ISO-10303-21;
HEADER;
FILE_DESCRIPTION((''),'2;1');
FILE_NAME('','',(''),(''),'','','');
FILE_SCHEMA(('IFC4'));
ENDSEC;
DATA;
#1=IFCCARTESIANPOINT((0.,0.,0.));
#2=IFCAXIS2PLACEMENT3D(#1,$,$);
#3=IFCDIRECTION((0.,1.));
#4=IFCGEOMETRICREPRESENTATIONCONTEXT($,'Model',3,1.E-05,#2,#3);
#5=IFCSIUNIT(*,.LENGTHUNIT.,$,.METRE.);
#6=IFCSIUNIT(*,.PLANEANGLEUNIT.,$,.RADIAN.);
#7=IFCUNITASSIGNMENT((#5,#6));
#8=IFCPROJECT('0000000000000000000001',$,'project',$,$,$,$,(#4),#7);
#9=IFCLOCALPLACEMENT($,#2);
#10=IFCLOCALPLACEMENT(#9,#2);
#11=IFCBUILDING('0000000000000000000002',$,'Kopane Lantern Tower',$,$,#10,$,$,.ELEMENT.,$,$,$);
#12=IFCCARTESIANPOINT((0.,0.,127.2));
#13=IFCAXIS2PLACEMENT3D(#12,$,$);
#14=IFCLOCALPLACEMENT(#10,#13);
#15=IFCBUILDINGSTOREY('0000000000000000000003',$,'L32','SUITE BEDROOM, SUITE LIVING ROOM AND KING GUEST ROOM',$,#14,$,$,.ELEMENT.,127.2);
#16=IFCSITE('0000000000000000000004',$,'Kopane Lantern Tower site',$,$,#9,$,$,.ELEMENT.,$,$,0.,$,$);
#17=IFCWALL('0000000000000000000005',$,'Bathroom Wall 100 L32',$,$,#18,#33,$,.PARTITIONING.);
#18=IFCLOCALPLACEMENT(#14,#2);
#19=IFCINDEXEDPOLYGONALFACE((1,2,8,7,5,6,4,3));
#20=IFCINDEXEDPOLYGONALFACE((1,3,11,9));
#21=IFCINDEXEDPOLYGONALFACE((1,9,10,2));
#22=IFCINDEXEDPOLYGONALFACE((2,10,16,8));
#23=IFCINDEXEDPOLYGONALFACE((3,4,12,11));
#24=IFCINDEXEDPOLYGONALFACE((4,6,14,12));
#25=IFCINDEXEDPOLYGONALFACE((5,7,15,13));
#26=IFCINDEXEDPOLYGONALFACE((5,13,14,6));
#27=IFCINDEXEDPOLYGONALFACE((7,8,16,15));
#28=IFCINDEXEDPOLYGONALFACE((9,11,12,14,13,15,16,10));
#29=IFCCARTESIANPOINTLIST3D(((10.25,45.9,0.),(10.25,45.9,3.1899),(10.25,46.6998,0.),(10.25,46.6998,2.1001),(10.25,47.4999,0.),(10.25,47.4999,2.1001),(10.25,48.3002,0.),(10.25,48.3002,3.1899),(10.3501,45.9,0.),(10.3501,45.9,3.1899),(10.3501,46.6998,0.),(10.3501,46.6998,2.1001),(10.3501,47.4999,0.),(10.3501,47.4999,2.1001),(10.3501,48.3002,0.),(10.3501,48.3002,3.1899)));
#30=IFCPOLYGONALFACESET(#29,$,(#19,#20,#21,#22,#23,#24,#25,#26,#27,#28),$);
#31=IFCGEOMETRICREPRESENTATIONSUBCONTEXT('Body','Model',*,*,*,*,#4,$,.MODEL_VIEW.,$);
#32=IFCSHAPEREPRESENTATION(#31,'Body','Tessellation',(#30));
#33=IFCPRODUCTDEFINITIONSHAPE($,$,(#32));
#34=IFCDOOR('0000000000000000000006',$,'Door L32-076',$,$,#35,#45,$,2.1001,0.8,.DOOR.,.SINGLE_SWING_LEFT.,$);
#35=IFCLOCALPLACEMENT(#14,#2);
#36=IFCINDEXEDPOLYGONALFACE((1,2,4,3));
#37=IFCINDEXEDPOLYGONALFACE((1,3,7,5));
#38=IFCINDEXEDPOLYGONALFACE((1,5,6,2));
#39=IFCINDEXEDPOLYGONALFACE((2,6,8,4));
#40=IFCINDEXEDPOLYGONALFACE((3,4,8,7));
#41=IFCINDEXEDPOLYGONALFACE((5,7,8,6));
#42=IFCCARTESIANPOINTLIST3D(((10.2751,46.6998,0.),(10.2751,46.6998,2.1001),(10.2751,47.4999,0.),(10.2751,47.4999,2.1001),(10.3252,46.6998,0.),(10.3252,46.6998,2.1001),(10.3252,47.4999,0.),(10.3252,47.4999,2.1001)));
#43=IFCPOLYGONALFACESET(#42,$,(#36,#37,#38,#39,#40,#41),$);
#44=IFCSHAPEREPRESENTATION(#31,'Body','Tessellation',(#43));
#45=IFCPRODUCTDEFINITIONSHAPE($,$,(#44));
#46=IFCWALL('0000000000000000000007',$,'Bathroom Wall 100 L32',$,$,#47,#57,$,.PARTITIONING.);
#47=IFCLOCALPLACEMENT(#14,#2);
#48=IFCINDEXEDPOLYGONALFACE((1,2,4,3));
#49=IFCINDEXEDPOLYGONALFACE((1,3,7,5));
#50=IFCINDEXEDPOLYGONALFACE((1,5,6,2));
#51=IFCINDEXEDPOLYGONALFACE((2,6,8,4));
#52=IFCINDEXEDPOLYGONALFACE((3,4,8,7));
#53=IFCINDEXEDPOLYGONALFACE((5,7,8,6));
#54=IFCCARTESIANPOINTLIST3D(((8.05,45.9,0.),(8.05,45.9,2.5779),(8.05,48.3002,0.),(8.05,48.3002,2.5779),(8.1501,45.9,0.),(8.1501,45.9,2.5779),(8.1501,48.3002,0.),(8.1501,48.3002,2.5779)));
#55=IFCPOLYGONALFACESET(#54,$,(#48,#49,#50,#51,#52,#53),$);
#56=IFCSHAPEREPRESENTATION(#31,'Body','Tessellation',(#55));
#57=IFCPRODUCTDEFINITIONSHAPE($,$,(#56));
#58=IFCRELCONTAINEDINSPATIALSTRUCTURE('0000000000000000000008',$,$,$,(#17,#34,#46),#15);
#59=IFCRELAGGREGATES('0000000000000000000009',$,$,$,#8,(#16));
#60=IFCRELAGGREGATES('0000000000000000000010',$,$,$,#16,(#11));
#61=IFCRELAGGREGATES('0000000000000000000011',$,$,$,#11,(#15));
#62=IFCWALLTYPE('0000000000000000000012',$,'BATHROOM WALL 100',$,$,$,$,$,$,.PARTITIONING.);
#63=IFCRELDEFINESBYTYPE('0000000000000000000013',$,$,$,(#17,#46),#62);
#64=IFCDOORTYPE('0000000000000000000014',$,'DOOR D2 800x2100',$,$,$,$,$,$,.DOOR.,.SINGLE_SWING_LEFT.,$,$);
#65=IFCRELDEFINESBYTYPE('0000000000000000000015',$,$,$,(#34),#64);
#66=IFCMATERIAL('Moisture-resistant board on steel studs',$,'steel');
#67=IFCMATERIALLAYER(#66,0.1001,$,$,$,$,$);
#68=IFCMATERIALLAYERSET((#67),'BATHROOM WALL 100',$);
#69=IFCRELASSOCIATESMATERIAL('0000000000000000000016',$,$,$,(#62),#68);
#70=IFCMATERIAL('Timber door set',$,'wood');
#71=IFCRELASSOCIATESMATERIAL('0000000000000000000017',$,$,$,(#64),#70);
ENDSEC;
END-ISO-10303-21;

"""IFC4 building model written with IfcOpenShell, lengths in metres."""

from ifc_helpers import new_model, si_unit, direction, frame, frame_2d, origin, place, context, subcontext, project, spatial, rectangle, extrude, material, layer, layer_set, type_object, element, fill, save


model = new_model("IFC4")

# Units and contexts
model_context = context("Model", 3, precision=1e-05, world=origin(), true_north=direction((0.0, 1.0)))
body_context = subcontext(model_context, "Body", "Model", "MODEL_VIEW")
ifc_project = project(units=[si_unit("LENGTHUNIT", "METRE"), si_unit("PLANEANGLEUNIT", "RADIAN")], contexts=[model_context])

# Site, building, storey
site_placement = place(None, origin())
site = spatial("IfcSite", under=ifc_project, at=site_placement, Name="Kopane Lantern Tower site", CompositionType="ELEMENT", RefElevation=0.0)
building_placement = place(site_placement, origin())
building = spatial("IfcBuilding", under=site, at=building_placement, Name="Kopane Lantern Tower", CompositionType="ELEMENT")
storey_placement = place(building_placement, frame((0.0, 0.0, 127.2)))
storey = spatial("IfcBuildingStorey", under=building, at=storey_placement, Name="L32", Description="SUITE BEDROOM, SUITE LIVING ROOM AND KING GUEST ROOM", CompositionType="ELEMENT", Elevation=127.2)

# Wall, opening, door
ifc_material_1 = material(Name="Moisture-resistant board on steel studs", Category="steel")
ifc_layer_1 = layer(ifc_material_1, 0.1001)
ifc_layer_set_1 = layer_set([ifc_layer_1], Name="BATHROOM WALL 100")
wall_type_1 = type_object("IfcWallType", Name="BATHROOM WALL 100", PredefinedType="PARTITIONING", material=ifc_layer_set_1)
wall_1_placement = place(storey_placement, frame((10.3, 45.8999, 0.0), z_axis=(0.0, 0.0, 1.0), x_axis=(0.0, 1.0, 0.0)))
wall_1 = element("IfcWall", 1, at=wall_1_placement, inside=storey, type_object=wall_type_1, Name="Bathroom Wall 100 L32", PredefinedType="PARTITIONING", context=body_context, shape_type="SweptSolid", body=[
    extrude(rectangle(XDim=2.4001, YDim=0.1001, at=frame_2d((1.2002, 0.0))), origin(), (0.0, 0.0, 1.0), 3.1899),
])
opening_1_placement = place(wall_1_placement, frame((0.8, 0.0, 0.0)))
opening_1 = element("IfcOpeningElement", 2, at=opening_1_placement, cuts=wall_1, PredefinedType="OPENING", context=body_context, shape_type="SweptSolid", body=[
    extrude(rectangle(XDim=0.8, YDim=2.1001, at=frame_2d((0.3999, 1.05))), frame((0.0, 0.0601, 0.0), z_axis=(0.0, -1.0, 0.0), x_axis=(1.0, 0.0, 0.0)), (0.0, 0.0, 1.0), 0.1201),
])
ifc_material_2 = material(Name="Timber door set", Category="wood")
door_type_1 = type_object("IfcDoorType", Name="DOOR D2 800x2100", OperationType="SINGLE_SWING_LEFT", PredefinedType="DOOR", material=ifc_material_2)
door_1_placement = place(opening_1_placement, origin())
door_1 = element("IfcDoor", 3, at=door_1_placement, inside=storey, type_object=door_type_1, Name="Door L32-076", OperationType="SINGLE_SWING_LEFT", OverallHeight=2.1001, OverallWidth=0.8, PredefinedType="DOOR", context=body_context, shape_type="SweptSolid", body=[
    extrude(rectangle(XDim=0.8, YDim=2.1001, at=frame_2d((0.3999, 1.05))), frame((0.0, 0.0249, 0.0), z_axis=(0.0, -1.0, 0.0), x_axis=(1.0, 0.0, 0.0)), (0.0, 0.0, 1.0), 0.05),
])
fill(opening_1, door_1)

# Wall
wall_2_placement = place(storey_placement, frame((8.1001, 45.8999, 0.0), z_axis=(0.0, 0.0, 1.0), x_axis=(0.0, 1.0, 0.0)))
element("IfcWall", 4, at=wall_2_placement, inside=storey, type_object=wall_type_1, Name="Bathroom Wall 100 L32", PredefinedType="PARTITIONING", context=body_context, shape_type="SweptSolid", body=[
    extrude(rectangle(XDim=2.4001, YDim=0.1001, at=frame_2d((1.2002, 0.0))), origin(), (0.0, 0.0, 1.0), 2.5779),
])

save(model, "model.ifc")
